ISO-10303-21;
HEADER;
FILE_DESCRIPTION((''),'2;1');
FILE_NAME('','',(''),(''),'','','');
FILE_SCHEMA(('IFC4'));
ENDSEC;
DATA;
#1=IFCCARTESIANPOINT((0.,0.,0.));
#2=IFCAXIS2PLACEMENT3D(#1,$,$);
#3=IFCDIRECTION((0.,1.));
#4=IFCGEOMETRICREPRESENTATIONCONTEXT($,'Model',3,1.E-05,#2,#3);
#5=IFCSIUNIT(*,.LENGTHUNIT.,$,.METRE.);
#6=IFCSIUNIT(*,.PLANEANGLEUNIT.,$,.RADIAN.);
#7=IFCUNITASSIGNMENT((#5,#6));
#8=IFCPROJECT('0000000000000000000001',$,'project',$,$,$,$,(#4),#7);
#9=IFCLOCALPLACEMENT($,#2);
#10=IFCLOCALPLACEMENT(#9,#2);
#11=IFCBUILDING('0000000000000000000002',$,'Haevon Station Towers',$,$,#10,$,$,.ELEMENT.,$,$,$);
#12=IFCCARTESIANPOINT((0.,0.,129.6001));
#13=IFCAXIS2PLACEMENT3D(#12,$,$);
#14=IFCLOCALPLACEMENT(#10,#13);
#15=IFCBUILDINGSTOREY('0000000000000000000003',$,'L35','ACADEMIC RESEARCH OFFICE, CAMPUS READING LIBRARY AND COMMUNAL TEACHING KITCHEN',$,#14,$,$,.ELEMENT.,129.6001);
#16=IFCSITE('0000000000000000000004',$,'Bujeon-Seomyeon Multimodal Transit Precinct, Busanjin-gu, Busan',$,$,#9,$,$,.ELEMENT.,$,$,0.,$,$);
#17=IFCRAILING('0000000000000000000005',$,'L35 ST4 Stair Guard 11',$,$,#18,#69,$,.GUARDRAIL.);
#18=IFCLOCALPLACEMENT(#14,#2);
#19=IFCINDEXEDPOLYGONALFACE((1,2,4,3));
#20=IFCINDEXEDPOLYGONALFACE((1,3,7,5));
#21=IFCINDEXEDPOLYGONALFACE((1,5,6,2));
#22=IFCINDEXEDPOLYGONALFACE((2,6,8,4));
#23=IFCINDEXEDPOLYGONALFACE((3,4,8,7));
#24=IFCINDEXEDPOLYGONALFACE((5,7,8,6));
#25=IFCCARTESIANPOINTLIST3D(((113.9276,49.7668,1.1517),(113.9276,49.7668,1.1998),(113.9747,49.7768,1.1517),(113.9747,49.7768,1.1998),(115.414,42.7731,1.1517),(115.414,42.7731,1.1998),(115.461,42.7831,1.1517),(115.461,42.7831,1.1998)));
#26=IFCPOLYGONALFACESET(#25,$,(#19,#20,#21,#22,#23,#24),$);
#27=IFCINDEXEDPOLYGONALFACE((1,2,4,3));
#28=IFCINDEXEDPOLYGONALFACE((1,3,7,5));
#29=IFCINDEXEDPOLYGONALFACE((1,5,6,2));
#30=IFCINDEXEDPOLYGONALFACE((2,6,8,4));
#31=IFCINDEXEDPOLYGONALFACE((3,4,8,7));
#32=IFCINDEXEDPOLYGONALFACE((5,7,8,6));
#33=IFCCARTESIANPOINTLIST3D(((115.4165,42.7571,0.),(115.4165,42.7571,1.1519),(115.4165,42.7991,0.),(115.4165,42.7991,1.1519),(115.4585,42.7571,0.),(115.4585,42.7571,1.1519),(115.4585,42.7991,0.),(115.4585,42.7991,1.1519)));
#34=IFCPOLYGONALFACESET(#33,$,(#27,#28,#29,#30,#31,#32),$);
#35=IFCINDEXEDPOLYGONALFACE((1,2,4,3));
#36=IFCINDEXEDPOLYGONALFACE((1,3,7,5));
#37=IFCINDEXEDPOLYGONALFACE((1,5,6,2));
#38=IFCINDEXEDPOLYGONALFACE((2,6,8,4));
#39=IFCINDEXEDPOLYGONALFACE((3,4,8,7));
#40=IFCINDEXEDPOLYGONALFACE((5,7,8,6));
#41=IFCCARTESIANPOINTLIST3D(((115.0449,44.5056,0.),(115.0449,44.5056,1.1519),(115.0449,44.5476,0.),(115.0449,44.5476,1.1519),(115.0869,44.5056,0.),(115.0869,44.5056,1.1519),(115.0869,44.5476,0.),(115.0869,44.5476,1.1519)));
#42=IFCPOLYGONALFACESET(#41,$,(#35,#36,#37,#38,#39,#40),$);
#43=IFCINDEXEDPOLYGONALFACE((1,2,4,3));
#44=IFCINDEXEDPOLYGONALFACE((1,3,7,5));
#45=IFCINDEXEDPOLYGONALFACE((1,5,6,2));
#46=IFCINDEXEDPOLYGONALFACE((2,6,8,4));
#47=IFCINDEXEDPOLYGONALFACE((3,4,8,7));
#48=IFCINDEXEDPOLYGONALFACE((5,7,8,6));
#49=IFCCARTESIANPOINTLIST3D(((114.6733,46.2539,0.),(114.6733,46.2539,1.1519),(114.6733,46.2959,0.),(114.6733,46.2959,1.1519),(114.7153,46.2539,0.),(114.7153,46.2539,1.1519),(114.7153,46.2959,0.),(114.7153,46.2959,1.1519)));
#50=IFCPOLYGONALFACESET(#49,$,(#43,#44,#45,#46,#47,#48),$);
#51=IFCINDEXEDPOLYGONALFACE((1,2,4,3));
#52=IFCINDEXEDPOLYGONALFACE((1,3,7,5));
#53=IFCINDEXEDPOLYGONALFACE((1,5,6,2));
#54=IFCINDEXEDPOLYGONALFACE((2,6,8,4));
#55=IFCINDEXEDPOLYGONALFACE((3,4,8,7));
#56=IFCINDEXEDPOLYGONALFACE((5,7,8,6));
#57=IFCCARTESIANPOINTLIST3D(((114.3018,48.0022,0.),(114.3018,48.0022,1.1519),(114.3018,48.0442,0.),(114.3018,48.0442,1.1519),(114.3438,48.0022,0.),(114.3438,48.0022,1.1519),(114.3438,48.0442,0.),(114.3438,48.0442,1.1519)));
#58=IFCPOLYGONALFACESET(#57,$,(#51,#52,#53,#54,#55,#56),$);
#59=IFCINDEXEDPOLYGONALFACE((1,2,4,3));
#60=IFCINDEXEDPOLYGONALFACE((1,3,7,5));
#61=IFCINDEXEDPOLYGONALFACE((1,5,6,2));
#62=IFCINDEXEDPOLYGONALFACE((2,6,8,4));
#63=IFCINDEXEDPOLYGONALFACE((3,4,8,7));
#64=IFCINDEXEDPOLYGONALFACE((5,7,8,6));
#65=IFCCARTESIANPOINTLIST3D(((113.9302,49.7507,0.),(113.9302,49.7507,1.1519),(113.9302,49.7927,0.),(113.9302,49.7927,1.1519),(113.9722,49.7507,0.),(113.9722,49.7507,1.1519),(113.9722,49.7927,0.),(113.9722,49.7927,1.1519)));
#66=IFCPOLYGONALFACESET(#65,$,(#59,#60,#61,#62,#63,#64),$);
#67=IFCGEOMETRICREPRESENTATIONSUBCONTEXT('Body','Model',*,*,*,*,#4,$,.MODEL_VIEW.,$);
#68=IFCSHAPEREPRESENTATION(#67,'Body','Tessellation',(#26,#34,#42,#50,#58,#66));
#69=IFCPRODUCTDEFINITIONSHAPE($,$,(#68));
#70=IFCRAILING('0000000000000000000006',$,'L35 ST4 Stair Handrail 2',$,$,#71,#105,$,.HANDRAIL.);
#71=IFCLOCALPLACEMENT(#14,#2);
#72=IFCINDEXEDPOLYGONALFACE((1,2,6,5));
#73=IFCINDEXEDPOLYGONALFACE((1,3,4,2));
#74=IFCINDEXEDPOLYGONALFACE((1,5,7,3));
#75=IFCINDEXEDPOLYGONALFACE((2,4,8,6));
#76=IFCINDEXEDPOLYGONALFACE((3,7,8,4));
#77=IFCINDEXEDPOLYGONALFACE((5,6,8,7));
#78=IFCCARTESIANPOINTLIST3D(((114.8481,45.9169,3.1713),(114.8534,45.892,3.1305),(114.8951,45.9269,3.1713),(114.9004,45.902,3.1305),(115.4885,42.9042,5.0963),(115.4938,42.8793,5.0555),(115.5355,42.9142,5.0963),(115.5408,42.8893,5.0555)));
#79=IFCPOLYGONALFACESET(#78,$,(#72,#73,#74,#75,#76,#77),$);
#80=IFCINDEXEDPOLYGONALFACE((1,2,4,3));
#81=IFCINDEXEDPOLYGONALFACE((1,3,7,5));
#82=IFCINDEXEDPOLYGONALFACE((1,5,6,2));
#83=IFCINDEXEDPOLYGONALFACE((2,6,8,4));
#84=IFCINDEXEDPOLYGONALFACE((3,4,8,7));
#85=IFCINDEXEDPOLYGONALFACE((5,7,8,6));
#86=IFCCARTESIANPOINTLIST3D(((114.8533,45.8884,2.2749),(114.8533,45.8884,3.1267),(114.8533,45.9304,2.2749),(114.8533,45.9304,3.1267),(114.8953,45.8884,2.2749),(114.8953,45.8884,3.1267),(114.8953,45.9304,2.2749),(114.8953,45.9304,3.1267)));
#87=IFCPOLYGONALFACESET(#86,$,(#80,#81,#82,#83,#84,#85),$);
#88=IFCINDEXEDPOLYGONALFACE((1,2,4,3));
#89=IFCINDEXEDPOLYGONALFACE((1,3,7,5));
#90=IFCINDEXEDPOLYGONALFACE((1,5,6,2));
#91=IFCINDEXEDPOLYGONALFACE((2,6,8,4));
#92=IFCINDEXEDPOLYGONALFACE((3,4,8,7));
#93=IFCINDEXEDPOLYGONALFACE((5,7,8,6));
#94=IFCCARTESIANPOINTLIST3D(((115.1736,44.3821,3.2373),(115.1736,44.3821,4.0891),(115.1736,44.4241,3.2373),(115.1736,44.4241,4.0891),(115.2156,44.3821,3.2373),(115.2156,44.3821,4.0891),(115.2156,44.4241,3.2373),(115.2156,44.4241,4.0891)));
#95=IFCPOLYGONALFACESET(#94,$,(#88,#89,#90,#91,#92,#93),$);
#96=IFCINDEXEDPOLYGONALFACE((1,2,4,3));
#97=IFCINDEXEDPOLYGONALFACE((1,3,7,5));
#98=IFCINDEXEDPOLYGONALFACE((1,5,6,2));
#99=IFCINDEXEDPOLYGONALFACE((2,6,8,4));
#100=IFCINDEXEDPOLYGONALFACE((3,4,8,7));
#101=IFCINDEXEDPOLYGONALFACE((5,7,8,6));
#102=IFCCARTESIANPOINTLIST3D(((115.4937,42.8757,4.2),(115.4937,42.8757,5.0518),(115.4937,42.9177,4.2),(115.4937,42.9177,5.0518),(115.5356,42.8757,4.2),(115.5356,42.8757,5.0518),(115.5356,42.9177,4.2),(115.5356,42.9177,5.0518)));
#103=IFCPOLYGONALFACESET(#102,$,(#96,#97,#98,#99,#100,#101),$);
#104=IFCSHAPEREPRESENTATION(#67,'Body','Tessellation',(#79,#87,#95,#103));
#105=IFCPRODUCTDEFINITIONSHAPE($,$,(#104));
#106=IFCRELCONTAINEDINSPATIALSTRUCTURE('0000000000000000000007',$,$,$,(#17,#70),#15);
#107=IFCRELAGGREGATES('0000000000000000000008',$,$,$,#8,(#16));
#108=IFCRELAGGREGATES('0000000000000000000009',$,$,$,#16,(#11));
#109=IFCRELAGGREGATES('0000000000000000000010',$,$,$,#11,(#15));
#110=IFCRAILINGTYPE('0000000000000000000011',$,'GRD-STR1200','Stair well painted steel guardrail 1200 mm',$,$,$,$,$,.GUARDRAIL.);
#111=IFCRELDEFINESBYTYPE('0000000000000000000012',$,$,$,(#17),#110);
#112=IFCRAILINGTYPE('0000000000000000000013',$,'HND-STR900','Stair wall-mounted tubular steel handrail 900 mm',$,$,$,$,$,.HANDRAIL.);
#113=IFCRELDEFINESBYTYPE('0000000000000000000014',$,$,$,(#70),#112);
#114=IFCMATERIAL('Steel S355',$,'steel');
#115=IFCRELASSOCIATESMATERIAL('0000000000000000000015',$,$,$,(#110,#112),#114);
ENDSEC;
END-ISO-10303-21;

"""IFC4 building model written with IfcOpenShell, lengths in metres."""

from ifc_helpers import new_model, si_unit, direction, frame, origin, origin_2d, place, context, subcontext, project, spatial, rectangle, extrude, material, type_object, element, save


model = new_model("IFC4")

# Units and contexts
model_context = context("Model", 3, precision=1e-05, world=origin(), true_north=direction((0.0, 1.0)))
body_context = subcontext(model_context, "Body", "Model", "MODEL_VIEW")
ifc_project = project(units=[si_unit("LENGTHUNIT", "METRE"), si_unit("PLANEANGLEUNIT", "RADIAN")], contexts=[model_context])

# Site, building, storey
site_placement = place(None, origin())
site = spatial("IfcSite", under=ifc_project, at=site_placement, Name="Bujeon-Seomyeon Multimodal Transit Precinct, Busanjin-gu, Busan", CompositionType="ELEMENT", RefElevation=0.0)
building_placement = place(site_placement, origin())
building = spatial("IfcBuilding", under=site, at=building_placement, Name="Haevon Station Towers", CompositionType="ELEMENT")
storey_placement = place(building_placement, frame((0.0, 0.0, 129.6001)))
storey = spatial("IfcBuildingStorey", under=building, at=storey_placement, Name="L35", Description="ACADEMIC RESEARCH OFFICE, CAMPUS READING LIBRARY AND COMMUNAL TEACHING KITCHEN", CompositionType="ELEMENT", Elevation=129.6001)

# Shared definitions
ifc_material_1 = material(Name="Steel S355", Category="steel")

# Railings
railing_type_1 = type_object("IfcRailingType", Name="GRD-STR1200", Description="Stair well painted steel guardrail 1200 mm", PredefinedType="GUARDRAIL", material=ifc_material_1)
railing_1_placement = place(storey_placement, frame((115.4375, 42.7781, 0.0)))
element("IfcRailing", 1, at=railing_1_placement, inside=storey, type_object=railing_type_1, Name="L35 ST4 Stair Guard 11", PredefinedType="GUARDRAIL", context=body_context, shape_type="SweptSolid", body=[
    extrude(rectangle(XDim=0.0481, YDim=0.0481, at=origin_2d()), frame((0.0, 0.0, 1.1758), z_axis=(-0.207882, 0.978154, 0.0), x_axis=(-0.978154, -0.207882, 0.0)), (0.0, 0.0, 1.0), 7.1499),
    extrude(rectangle(XDim=0.042, YDim=0.042, at=origin_2d()), origin(), (0.0, 0.0, 1.0), 1.1519),
    extrude(rectangle(XDim=0.042, YDim=0.042, at=origin_2d()), frame((-0.3716, 1.7485, 0.0)), (0.0, 0.0, 1.0), 1.1519),
    extrude(rectangle(XDim=0.042, YDim=0.042, at=origin_2d()), frame((-0.7432, 3.4968, 0.0)), (0.0, 0.0, 1.0), 1.1519),
    extrude(rectangle(XDim=0.042, YDim=0.042, at=origin_2d()), frame((-1.1147, 5.2451, 0.0)), (0.0, 0.0, 1.0), 1.1519),
    extrude(rectangle(XDim=0.042, YDim=0.042, at=origin_2d()), frame((-1.4863, 6.9937, 0.0)), (0.0, 0.0, 1.0), 1.1519),
])
railing_type_2 = type_object("IfcRailingType", Name="HND-STR900", Description="Stair wall-mounted tubular steel handrail 900 mm", PredefinedType="HANDRAIL", material=ifc_material_1)
railing_2_placement = place(storey_placement, frame((114.8743, 45.9094, 2.2749)))
element("IfcRailing", 2, at=railing_2_placement, inside=storey, type_object=railing_type_2, Name="L35 ST4 Stair Handrail 2", PredefinedType="HANDRAIL", context=body_context, shape_type="SweptSolid", body=[
    extrude(rectangle(XDim=0.0481, YDim=0.0481, at=origin_2d()), frame((0.0, 0.0, 0.876), z_axis=(0.176311, -0.829461, 0.530008), x_axis=(0.978147, 0.207916, 0.0)), (0.0, 0.0, 1.0), 3.6321),
    extrude(rectangle(XDim=0.042, YDim=0.042, at=origin_2d()), origin(), (0.0, 0.0, 1.0), 0.8518),
    extrude(rectangle(XDim=0.042, YDim=0.042, at=origin_2d()), frame((0.3203, -1.5063, 0.9624)), (0.0, 0.0, 1.0), 0.8518),
    extrude(rectangle(XDim=0.042, YDim=0.042, at=origin_2d()), frame((0.6404, -3.0127, 1.925)), (0.0, 0.0, 1.0), 0.8518),
])

save(model, "model.ifc")
